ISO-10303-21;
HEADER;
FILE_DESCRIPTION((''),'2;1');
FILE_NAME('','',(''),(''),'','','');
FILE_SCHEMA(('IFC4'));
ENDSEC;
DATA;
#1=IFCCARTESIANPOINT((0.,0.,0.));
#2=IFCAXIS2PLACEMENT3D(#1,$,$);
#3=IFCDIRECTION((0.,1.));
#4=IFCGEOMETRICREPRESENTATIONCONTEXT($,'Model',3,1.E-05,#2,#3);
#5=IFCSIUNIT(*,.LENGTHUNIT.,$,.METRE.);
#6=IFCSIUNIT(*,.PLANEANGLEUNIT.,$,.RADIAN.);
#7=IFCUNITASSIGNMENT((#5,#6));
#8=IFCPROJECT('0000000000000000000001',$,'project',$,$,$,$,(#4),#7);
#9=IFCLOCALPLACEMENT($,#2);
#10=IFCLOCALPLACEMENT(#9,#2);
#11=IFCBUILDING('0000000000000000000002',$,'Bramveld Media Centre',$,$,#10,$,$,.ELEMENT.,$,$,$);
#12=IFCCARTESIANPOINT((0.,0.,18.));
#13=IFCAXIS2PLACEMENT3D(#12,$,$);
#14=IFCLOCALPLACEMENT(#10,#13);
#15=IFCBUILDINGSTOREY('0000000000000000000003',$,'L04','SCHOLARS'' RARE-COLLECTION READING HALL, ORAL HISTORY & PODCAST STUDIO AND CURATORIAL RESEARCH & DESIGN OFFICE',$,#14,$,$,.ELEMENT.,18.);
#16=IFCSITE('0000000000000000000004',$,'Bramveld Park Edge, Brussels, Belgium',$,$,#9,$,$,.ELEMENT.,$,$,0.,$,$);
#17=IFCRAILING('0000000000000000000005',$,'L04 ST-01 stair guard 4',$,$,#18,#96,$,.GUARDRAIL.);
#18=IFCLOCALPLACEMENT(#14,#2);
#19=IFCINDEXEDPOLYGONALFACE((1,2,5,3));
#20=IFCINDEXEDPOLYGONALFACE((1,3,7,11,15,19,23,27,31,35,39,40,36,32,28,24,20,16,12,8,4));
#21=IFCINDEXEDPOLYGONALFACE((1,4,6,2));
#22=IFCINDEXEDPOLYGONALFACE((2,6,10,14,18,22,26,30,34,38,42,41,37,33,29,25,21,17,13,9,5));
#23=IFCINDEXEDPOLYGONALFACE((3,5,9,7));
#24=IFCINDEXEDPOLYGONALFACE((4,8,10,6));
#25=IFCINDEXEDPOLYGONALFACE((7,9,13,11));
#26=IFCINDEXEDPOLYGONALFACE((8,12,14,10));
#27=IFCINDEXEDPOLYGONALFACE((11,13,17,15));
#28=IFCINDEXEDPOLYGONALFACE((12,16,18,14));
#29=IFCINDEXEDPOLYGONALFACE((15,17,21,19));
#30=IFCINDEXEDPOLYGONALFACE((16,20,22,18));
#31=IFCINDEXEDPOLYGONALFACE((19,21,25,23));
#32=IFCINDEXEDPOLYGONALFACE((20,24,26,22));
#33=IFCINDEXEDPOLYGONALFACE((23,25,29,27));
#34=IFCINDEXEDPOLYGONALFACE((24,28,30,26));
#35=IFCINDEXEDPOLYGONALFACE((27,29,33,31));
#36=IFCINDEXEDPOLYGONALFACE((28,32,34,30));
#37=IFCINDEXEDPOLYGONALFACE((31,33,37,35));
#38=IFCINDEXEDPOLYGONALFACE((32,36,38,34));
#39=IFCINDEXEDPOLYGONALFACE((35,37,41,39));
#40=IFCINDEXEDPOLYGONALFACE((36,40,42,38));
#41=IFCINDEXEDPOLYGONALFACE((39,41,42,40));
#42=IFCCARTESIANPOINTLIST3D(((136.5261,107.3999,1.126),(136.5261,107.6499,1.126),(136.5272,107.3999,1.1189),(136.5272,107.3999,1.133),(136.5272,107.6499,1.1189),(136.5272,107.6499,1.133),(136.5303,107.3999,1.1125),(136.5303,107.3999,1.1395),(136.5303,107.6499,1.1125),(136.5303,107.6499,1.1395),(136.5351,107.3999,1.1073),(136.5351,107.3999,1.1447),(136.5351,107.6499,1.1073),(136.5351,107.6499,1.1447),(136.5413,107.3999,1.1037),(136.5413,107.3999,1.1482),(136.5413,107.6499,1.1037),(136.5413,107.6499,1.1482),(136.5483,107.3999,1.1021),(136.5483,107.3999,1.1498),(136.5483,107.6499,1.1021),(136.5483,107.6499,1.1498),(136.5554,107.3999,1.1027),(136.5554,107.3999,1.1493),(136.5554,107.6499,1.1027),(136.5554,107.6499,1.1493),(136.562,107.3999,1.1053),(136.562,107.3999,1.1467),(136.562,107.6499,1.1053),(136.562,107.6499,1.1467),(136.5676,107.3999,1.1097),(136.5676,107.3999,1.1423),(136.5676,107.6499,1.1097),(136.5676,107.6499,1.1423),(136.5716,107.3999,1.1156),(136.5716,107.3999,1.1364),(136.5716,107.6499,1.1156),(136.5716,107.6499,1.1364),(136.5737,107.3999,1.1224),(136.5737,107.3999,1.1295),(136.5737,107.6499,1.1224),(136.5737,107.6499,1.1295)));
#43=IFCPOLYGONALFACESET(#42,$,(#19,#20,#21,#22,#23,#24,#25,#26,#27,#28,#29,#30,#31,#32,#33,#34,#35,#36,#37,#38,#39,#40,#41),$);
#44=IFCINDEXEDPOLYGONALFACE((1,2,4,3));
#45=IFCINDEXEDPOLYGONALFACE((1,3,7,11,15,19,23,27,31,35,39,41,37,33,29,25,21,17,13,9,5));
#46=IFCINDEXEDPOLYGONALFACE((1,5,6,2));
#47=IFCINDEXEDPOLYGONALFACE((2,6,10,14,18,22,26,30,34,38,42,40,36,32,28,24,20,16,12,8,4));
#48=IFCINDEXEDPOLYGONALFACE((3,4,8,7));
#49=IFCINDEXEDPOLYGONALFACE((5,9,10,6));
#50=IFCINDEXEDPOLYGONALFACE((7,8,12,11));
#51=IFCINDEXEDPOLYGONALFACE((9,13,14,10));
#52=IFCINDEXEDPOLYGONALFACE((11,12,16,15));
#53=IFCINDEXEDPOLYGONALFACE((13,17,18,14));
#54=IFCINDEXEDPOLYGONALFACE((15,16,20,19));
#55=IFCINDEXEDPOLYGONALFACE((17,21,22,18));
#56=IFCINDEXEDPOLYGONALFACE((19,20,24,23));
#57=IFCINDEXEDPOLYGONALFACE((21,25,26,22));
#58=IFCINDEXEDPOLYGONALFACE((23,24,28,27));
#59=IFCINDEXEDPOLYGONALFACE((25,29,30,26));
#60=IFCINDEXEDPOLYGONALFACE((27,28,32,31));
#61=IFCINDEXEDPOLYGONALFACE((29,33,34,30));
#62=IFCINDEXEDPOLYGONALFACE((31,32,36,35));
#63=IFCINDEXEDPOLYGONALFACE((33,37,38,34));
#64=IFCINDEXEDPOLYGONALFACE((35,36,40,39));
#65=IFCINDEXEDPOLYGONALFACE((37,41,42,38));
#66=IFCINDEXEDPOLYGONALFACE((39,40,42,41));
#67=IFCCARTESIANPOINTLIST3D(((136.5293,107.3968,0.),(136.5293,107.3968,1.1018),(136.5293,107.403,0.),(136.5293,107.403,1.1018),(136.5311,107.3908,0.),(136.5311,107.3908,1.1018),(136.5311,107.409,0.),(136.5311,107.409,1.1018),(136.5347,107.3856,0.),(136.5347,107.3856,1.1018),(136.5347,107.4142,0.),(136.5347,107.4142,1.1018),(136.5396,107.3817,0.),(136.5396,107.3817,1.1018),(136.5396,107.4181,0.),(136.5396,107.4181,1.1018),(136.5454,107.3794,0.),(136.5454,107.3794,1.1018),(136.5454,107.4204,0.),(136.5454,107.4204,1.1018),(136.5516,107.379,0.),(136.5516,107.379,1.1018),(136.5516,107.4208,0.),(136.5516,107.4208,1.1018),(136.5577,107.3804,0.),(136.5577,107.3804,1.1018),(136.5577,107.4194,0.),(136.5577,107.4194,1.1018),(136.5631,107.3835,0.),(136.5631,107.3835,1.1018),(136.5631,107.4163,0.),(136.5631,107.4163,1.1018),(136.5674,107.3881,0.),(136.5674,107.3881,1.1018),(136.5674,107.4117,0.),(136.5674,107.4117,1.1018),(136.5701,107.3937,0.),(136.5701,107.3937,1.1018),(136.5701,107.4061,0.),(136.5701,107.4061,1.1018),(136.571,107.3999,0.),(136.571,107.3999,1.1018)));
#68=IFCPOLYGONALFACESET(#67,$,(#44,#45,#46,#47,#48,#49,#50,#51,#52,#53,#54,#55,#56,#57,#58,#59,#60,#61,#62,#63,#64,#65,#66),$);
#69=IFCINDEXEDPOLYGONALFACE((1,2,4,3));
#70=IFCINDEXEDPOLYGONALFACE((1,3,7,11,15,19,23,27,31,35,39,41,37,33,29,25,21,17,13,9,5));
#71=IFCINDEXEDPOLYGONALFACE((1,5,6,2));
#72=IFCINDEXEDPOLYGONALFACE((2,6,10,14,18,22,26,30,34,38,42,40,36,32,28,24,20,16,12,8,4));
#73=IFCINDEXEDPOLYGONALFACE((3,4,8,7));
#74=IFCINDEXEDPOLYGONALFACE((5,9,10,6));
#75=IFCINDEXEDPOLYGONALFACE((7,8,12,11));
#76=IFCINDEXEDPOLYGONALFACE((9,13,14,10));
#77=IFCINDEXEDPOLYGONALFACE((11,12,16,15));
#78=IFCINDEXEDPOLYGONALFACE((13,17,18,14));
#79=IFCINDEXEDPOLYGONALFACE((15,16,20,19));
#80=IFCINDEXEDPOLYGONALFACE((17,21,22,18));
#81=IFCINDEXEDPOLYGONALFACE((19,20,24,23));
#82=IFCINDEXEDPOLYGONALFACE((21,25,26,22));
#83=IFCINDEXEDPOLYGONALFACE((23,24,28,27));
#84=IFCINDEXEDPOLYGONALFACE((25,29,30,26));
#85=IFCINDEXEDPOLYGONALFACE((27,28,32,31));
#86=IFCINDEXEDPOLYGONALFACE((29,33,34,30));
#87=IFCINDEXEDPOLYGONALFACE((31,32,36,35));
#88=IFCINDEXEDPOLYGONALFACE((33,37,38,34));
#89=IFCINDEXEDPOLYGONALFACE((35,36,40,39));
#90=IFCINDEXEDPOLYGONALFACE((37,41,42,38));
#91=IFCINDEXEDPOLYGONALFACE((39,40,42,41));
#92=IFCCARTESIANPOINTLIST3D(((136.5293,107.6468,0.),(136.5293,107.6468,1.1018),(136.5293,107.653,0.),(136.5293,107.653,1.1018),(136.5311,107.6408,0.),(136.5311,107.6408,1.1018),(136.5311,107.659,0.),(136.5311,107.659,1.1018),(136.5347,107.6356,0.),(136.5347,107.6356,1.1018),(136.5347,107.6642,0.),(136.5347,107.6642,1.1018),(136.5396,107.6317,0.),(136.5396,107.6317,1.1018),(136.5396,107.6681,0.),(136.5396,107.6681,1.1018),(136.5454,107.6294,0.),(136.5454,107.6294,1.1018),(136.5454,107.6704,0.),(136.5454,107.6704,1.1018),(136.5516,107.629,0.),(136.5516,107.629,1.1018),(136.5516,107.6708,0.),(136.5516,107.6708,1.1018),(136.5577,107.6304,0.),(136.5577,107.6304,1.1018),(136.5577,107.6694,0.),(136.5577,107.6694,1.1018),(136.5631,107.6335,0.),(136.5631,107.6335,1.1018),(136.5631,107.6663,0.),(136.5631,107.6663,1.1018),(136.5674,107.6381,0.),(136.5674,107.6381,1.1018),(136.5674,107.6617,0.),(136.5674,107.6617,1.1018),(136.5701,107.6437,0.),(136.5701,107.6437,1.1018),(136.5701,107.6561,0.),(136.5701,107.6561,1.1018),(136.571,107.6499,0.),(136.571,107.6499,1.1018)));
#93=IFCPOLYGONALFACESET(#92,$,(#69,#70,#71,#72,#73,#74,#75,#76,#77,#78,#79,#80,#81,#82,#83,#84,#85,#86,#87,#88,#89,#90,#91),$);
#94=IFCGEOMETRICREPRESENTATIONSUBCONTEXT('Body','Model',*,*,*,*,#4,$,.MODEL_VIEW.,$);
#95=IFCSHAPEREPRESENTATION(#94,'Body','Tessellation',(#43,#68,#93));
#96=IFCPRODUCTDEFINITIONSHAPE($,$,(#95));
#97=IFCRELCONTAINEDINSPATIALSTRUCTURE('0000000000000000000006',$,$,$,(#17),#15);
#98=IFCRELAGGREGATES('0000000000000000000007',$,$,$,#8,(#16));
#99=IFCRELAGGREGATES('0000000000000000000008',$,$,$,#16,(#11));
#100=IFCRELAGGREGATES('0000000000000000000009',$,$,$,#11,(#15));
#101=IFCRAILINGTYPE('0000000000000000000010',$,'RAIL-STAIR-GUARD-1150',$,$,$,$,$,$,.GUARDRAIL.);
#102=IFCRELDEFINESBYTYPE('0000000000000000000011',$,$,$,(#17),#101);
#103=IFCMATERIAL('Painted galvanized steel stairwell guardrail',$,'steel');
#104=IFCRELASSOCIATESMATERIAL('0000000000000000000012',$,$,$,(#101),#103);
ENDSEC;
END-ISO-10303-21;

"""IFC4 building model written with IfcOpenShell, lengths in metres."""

from ifc_helpers import new_model, si_unit, direction, frame, origin, origin_2d, place, context, subcontext, project, spatial, circle, extrude, material, type_object, element, save


model = new_model("IFC4")

# Units and contexts
model_context = context("Model", 3, precision=1e-05, world=origin(), true_north=direction((0.0, 1.0)))
body_context = subcontext(model_context, "Body", "Model", "MODEL_VIEW")
ifc_project = project(units=[si_unit("LENGTHUNIT", "METRE"), si_unit("PLANEANGLEUNIT", "RADIAN")], contexts=[model_context])

# Site, building, storey
site_placement = place(None, origin())
site = spatial("IfcSite", under=ifc_project, at=site_placement, Name="Bramveld Park Edge, Brussels, Belgium", CompositionType="ELEMENT", RefElevation=0.0)
building_placement = place(site_placement, origin())
building = spatial("IfcBuilding", under=site, at=building_placement, Name="Bramveld Media Centre", CompositionType="ELEMENT")
storey_placement = place(building_placement, frame((0.0, 0.0, 18.0)))
storey = spatial("IfcBuildingStorey", under=building, at=storey_placement, Name="L04", Description="SCHOLARS' RARE-COLLECTION READING HALL, ORAL HISTORY & PODCAST STUDIO AND CURATORIAL RESEARCH & DESIGN OFFICE", CompositionType="ELEMENT", Elevation=18.0)

# Railing
ifc_material_1 = material(Name="Painted galvanized steel stairwell guardrail", Category="steel")
railing_type_1 = type_object("IfcRailingType", Name="RAIL-STAIR-GUARD-1150", PredefinedType="GUARDRAIL", material=ifc_material_1)
railing_1_placement = place(storey_placement, frame((136.55, 107.3999, 0.0)))
element("IfcRailing", 1, at=railing_1_placement, inside=storey, type_object=railing_type_1, Name="L04 ST-01 stair guard 4", PredefinedType="GUARDRAIL", context=body_context, shape_type="SweptSolid", body=[
    extrude(circle(Radius=0.0239, at=origin_2d()), frame((0.0, 0.0, 1.126), z_axis=(0.0, 1.0, 0.0), x_axis=(-1.0, 0.0, 0.0)), (0.0, 0.0, 1.0), 0.25),
    extrude(circle(Radius=0.021, at=origin_2d()), origin(), (0.0, 0.0, 1.0), 1.1018),
    extrude(circle(Radius=0.021, at=origin_2d()), frame((0.0, 0.25, 0.0)), (0.0, 0.0, 1.0), 1.1018),
])

save(model, "model.ifc")
